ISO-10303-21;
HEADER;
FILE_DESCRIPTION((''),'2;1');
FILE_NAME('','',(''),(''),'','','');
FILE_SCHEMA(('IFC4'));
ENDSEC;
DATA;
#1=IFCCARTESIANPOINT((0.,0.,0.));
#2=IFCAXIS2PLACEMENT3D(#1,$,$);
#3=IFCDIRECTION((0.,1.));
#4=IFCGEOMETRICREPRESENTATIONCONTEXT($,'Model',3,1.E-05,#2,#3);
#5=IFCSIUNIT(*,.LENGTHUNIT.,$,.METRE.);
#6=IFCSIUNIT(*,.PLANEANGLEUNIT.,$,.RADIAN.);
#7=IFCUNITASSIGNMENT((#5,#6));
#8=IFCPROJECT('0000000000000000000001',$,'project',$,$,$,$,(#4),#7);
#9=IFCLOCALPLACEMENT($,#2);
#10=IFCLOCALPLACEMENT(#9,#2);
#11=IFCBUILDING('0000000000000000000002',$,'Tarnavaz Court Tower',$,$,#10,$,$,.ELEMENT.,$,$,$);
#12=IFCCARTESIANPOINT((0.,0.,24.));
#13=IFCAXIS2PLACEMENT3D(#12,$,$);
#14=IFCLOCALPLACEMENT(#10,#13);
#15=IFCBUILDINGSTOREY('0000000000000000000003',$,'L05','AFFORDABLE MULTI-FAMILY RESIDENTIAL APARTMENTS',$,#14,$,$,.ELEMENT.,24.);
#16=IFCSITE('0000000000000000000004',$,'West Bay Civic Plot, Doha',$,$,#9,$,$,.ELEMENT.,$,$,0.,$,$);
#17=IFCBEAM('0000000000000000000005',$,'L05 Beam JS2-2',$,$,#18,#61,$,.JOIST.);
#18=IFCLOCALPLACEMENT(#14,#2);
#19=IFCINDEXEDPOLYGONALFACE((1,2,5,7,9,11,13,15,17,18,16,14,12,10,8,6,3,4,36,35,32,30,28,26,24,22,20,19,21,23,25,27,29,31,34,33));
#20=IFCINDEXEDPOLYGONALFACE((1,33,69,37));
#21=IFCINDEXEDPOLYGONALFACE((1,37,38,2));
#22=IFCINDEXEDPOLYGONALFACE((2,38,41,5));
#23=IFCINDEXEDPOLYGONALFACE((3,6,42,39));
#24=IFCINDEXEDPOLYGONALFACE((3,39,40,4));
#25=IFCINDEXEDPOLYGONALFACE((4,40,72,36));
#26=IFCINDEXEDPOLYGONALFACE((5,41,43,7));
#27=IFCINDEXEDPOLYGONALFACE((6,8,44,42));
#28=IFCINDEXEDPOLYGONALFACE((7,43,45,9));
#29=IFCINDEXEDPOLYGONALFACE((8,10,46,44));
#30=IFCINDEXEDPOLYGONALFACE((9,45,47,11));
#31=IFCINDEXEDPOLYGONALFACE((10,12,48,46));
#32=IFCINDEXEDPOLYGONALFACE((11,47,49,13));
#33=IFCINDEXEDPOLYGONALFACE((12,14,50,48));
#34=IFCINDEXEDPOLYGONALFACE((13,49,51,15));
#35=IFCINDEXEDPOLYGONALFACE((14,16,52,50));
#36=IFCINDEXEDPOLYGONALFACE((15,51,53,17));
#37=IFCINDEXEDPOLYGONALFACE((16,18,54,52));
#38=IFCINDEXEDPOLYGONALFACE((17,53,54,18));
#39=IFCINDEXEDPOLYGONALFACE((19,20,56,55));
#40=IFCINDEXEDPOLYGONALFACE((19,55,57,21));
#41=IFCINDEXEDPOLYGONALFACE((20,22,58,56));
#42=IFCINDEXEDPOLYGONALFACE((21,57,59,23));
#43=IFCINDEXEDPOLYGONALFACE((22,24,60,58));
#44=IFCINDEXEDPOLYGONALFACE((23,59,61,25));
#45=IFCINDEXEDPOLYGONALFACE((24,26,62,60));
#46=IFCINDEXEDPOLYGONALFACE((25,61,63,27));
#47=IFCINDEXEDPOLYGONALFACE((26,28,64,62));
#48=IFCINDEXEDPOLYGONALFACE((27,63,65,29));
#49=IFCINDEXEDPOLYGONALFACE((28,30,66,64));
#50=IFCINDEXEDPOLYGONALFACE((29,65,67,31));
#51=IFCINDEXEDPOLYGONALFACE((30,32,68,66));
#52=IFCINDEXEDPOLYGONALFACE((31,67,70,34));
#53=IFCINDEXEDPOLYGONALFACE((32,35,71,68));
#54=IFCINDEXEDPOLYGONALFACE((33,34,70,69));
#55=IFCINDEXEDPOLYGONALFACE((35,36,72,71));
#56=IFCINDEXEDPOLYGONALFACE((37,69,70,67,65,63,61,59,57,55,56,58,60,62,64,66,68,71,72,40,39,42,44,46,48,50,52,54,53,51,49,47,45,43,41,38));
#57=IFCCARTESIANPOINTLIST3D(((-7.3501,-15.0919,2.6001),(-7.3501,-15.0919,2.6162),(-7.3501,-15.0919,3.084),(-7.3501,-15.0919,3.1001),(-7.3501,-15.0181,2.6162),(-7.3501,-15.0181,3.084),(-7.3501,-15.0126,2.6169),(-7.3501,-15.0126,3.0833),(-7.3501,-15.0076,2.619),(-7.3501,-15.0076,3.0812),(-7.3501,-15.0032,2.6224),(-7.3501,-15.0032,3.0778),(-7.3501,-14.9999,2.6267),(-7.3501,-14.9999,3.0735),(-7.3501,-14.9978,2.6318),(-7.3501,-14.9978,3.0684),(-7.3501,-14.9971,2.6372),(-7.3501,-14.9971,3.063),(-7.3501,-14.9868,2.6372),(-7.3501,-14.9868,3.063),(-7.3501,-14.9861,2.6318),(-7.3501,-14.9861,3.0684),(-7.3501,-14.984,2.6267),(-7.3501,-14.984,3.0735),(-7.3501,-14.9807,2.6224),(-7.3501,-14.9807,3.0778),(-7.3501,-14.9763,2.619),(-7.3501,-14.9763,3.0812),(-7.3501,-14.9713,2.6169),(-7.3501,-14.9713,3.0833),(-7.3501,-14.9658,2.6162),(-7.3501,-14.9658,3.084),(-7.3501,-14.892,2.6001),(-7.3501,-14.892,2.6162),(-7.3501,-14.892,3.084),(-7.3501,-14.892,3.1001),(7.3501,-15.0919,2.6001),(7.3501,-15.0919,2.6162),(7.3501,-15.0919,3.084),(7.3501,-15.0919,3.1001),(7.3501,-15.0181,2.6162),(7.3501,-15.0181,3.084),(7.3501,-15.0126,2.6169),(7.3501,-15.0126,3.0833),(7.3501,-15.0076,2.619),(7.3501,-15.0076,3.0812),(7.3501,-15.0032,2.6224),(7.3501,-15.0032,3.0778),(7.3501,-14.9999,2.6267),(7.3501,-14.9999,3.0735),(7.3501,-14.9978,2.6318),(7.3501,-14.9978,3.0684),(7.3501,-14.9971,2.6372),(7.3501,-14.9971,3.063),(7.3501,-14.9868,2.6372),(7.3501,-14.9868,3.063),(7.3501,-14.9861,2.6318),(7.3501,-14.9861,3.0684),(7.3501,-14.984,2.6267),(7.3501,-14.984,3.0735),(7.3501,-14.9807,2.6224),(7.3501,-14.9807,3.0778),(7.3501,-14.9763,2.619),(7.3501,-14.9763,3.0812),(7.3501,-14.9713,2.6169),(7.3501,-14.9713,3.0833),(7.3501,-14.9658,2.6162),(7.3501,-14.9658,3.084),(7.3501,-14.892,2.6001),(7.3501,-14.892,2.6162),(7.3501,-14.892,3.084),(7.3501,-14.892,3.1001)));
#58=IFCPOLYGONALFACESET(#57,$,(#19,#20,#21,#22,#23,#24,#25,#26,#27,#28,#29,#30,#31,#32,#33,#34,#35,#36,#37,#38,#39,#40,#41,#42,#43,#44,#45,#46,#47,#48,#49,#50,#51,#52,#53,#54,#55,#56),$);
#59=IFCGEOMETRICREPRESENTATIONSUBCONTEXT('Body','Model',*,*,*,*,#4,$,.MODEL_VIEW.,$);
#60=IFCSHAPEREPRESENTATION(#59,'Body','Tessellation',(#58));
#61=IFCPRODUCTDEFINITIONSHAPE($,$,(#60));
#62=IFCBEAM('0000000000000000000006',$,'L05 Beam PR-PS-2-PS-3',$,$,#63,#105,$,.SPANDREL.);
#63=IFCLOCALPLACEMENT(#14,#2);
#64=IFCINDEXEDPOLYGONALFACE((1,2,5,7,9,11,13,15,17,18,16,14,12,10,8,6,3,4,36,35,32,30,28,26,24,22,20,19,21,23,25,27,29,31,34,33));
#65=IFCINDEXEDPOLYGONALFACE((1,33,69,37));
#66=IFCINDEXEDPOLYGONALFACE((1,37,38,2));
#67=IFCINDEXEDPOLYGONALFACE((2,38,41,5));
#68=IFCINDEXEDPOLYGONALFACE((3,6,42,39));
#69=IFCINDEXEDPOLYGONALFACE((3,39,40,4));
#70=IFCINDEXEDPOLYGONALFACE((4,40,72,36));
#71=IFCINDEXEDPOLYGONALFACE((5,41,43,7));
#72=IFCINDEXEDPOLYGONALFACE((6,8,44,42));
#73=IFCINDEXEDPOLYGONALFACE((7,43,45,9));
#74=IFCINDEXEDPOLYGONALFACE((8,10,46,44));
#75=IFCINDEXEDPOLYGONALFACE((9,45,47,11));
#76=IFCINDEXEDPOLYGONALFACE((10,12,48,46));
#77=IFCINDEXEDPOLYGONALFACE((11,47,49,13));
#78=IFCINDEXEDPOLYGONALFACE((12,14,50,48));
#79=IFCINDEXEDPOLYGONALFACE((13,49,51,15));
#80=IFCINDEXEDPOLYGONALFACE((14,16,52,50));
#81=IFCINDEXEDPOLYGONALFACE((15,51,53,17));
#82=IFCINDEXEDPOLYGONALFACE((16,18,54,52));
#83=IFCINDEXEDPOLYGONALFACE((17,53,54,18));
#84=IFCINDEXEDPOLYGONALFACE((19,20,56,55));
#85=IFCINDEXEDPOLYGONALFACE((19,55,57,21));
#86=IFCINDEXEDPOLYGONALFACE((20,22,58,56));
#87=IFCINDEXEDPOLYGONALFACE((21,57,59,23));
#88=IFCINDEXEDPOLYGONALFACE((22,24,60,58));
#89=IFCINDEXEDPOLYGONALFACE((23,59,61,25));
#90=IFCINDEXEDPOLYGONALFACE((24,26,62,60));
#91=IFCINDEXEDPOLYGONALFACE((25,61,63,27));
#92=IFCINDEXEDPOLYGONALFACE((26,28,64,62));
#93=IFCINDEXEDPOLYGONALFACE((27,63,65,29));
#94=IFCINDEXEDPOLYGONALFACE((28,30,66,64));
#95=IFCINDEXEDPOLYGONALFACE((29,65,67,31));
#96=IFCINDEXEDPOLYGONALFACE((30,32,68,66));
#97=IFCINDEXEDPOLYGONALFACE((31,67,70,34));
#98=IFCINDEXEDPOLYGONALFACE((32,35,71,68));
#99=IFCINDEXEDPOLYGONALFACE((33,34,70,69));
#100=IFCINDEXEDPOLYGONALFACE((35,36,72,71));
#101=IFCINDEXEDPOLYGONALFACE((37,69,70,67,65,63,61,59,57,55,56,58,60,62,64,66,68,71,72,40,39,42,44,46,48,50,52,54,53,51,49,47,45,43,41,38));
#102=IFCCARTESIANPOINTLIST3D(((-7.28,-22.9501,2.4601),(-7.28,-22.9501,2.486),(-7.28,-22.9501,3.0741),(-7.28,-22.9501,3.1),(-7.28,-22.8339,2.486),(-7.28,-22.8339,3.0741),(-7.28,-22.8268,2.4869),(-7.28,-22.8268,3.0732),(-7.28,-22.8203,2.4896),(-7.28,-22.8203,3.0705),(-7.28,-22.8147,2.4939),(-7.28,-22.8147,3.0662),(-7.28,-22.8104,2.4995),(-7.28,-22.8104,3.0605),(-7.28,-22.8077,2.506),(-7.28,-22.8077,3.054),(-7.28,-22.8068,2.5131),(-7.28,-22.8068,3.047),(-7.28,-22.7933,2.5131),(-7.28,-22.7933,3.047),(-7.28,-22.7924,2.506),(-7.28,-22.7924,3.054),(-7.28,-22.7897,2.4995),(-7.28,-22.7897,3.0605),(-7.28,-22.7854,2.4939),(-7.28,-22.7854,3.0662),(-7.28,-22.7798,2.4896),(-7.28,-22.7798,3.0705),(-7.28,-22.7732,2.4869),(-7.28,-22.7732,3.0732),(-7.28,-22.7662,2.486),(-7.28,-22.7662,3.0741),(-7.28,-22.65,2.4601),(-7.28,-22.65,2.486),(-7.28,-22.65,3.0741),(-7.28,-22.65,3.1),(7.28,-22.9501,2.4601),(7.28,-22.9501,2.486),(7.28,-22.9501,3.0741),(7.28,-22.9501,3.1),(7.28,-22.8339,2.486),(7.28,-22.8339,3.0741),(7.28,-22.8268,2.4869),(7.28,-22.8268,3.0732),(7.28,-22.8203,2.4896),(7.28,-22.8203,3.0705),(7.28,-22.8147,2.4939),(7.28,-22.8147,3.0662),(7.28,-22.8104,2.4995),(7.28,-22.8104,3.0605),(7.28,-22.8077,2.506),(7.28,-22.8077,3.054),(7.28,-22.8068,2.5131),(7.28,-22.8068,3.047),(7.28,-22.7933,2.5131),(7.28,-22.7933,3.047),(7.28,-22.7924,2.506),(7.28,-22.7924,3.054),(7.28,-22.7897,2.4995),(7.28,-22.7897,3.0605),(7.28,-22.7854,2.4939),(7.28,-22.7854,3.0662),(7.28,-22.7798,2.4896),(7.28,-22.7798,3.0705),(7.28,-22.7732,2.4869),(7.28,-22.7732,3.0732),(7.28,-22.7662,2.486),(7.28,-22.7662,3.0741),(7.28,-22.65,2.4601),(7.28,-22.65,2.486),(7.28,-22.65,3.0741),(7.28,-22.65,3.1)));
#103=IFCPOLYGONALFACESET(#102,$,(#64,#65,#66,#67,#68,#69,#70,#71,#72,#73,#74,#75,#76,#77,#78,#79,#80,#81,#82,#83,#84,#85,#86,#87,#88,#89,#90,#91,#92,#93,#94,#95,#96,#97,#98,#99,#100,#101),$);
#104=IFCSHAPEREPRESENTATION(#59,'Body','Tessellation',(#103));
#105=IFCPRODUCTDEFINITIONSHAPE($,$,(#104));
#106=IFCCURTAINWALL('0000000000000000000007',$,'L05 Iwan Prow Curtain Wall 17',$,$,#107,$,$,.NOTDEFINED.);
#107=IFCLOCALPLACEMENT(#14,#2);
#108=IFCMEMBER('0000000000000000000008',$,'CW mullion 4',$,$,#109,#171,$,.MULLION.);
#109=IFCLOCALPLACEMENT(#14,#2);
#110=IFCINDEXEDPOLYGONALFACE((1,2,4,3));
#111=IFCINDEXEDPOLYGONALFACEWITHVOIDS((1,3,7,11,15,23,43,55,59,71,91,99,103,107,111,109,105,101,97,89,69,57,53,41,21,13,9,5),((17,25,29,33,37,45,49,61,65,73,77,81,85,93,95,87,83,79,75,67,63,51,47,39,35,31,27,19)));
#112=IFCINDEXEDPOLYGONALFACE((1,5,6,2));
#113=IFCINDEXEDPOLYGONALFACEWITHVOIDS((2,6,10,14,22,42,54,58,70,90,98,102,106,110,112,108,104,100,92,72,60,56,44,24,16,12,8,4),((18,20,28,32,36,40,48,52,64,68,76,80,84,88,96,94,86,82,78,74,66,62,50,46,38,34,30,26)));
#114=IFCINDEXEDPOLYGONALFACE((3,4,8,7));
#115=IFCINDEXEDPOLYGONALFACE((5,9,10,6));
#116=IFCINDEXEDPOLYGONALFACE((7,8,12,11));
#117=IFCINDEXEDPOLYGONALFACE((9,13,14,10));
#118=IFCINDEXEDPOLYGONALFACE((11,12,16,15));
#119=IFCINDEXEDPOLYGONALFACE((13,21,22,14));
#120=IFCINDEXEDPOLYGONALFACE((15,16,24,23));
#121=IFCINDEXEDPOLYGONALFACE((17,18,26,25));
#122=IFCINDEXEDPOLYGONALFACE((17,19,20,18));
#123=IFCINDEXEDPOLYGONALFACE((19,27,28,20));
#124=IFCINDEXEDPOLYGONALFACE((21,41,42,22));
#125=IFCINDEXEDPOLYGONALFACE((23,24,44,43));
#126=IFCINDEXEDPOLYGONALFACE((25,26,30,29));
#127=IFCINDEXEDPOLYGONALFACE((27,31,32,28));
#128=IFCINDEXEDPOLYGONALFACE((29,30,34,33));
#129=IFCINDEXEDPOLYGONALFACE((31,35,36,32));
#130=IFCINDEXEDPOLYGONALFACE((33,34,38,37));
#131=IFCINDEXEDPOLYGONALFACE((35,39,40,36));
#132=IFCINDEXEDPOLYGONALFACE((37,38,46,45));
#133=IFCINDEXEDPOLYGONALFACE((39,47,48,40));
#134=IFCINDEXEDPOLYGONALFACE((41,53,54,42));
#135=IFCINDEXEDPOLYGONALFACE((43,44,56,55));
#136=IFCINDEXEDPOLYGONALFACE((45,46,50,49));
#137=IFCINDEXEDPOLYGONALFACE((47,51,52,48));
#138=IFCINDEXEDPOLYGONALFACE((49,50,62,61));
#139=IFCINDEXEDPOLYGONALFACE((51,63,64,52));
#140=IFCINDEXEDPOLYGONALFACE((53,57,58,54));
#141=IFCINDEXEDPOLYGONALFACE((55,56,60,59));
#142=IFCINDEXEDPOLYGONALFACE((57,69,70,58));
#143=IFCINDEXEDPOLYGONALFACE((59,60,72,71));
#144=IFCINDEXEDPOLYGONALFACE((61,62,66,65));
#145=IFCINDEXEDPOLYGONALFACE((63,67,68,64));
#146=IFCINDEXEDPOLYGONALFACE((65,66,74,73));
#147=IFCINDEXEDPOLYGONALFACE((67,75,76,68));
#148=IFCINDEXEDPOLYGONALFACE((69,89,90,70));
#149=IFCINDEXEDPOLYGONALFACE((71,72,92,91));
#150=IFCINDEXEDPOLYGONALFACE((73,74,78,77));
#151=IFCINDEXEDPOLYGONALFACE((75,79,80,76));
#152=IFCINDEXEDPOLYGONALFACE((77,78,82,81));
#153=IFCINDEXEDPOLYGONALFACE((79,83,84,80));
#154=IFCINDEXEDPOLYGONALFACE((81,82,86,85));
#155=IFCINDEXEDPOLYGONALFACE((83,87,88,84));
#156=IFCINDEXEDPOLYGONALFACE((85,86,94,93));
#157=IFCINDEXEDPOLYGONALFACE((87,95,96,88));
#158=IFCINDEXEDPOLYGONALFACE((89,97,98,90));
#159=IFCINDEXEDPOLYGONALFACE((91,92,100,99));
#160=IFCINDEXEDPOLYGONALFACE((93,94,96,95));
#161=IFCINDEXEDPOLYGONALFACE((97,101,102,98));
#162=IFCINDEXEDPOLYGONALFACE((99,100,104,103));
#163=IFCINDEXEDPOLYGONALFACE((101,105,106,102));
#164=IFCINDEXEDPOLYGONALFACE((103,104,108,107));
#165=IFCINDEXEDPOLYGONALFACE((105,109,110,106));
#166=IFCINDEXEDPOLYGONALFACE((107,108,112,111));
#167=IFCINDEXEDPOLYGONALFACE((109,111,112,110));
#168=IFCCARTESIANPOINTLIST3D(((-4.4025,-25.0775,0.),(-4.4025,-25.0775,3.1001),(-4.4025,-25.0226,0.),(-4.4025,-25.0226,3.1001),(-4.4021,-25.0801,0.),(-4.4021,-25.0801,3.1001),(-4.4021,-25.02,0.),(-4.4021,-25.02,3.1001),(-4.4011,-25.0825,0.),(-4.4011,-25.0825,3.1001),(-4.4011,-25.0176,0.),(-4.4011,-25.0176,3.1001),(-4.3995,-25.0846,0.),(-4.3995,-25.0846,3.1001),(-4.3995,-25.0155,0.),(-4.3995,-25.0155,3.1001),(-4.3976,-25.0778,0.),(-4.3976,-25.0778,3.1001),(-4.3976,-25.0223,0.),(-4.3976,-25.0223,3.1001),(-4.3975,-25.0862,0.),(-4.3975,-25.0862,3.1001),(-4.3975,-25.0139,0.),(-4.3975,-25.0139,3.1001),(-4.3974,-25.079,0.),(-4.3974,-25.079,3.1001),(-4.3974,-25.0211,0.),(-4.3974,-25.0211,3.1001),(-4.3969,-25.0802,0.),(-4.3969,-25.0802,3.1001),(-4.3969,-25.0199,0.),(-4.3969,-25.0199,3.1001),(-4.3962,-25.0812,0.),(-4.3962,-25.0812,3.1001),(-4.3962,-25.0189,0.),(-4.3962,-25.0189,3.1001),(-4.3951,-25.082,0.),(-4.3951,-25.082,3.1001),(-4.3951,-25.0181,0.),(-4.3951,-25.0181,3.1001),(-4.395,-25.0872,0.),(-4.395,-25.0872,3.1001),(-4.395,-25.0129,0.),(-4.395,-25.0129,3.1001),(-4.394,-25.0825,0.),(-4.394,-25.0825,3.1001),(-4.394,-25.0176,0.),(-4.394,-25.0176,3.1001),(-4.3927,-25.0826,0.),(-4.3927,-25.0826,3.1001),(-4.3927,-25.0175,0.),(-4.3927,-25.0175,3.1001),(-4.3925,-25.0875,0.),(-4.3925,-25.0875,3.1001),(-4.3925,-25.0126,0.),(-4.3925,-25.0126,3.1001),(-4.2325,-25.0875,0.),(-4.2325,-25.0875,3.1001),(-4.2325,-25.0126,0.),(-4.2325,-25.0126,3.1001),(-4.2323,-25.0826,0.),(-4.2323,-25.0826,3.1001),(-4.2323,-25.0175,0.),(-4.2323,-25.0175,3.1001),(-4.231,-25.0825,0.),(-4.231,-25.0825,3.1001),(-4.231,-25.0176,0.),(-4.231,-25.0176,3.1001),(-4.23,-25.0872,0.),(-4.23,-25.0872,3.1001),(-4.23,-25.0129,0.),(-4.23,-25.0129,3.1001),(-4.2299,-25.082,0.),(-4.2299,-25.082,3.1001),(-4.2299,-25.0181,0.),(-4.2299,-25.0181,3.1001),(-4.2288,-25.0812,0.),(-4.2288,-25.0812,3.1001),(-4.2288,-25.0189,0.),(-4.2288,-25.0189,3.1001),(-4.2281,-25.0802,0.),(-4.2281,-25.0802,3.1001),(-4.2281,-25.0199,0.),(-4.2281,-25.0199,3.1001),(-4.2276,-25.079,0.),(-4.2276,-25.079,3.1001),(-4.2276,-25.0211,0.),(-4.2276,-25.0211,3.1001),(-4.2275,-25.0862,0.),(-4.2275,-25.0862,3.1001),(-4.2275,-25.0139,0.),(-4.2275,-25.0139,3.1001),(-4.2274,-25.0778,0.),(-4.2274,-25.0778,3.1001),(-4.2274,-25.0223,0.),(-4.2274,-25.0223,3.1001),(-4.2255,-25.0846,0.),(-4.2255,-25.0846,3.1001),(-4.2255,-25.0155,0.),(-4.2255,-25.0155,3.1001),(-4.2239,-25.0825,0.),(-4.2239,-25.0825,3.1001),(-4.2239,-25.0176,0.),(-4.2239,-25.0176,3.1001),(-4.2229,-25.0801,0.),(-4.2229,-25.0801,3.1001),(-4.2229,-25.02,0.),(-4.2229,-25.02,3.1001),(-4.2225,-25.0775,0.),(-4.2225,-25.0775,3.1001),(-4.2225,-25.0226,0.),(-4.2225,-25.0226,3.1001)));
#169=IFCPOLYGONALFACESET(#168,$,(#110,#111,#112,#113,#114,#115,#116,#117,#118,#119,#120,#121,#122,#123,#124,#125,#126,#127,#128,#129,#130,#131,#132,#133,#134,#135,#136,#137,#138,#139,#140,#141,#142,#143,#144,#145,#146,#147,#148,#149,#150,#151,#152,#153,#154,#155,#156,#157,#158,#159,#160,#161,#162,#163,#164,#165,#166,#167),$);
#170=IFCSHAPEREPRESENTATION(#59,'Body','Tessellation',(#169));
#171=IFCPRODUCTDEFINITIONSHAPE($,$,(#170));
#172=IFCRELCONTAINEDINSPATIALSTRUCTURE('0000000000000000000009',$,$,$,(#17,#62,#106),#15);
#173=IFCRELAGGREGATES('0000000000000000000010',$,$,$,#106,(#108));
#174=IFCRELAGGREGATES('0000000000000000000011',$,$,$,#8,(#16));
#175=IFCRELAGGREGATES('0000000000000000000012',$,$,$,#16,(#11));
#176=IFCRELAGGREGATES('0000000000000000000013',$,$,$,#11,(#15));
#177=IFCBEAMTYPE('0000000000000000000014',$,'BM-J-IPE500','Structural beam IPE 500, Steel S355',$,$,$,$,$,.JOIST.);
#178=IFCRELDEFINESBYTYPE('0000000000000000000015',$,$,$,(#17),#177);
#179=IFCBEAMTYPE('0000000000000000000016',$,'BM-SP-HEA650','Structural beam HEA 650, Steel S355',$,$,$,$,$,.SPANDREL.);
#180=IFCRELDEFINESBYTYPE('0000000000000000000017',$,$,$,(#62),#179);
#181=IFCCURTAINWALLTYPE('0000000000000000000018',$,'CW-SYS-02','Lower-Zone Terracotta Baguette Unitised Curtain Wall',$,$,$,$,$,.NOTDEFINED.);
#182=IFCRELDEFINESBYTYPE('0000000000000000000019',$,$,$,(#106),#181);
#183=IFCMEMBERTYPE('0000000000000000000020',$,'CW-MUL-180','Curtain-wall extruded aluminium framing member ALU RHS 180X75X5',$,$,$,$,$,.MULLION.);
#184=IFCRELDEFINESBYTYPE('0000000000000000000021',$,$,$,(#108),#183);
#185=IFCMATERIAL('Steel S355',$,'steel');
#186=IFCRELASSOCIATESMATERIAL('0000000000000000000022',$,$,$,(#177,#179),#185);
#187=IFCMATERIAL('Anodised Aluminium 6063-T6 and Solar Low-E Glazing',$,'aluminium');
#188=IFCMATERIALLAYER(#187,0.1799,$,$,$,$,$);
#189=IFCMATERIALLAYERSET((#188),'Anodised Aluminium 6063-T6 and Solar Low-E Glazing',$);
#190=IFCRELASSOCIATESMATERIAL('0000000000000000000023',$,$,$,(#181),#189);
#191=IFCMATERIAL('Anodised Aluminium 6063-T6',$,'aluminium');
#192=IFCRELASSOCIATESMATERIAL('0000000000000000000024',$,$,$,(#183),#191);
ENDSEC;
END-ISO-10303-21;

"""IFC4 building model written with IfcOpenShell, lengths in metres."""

from ifc_helpers import new_model, si_unit, direction, frame, origin, origin_2d, place, context, subcontext, project, spatial, hollow_rectangle, i_section, extrude, material, layer, layer_set, material_profile, profile_set, type_object, element, aggregate, save


model = new_model("IFC4")

# Units and contexts
model_context = context("Model", 3, precision=1e-05, world=origin(), true_north=direction((0.0, 1.0)))
body_context = subcontext(model_context, "Body", "Model", "MODEL_VIEW")
ifc_project = project(units=[si_unit("LENGTHUNIT", "METRE"), si_unit("PLANEANGLEUNIT", "RADIAN")], contexts=[model_context])

# Site, building, storey
site_placement = place(None, origin())
site = spatial("IfcSite", under=ifc_project, at=site_placement, Name="West Bay Civic Plot, Doha", CompositionType="ELEMENT", RefElevation=0.0)
building_placement = place(site_placement, origin())
building = spatial("IfcBuilding", under=site, at=building_placement, Name="Tarnavaz Court Tower", CompositionType="ELEMENT")
storey_placement = place(building_placement, frame((0.0, 0.0, 24.0)))
storey = spatial("IfcBuildingStorey", under=building, at=storey_placement, Name="L05", Description="AFFORDABLE MULTI-FAMILY RESIDENTIAL APARTMENTS", CompositionType="ELEMENT", Elevation=24.0)

# Beams
ifc_material_1 = material(Name="Steel S355", Category="steel")
ifc_material_profile_1 = material_profile(ifc_material_1, i_section(OverallWidth=0.2, OverallDepth=0.5, WebThickness=0.0103, FlangeThickness=0.0161, FilletRadius=0.021, at=origin_2d()), Name="IPE 500")
ifc_profile_set_1 = profile_set([ifc_material_profile_1], Name="Steel S355")
beam_type_1 = type_object("IfcBeamType", Name="BM-J-IPE500", Description="Structural beam IPE 500, Steel S355", PredefinedType="JOIST", material=ifc_profile_set_1)
beam_1_placement = place(storey_placement, frame((-7.3501, -14.9919, 2.8501), z_axis=(1.0, 0.0, 0.0), x_axis=(0.0, 1.0, 0.0)))
element("IfcBeam", 1, at=beam_1_placement, inside=storey, type_object=beam_type_1, Name="L05 Beam JS2-2", PredefinedType="JOIST", context=body_context, shape_type="SweptSolid", body=[
    extrude(i_section(OverallWidth=0.2, OverallDepth=0.5, WebThickness=0.0103, FlangeThickness=0.0161, FilletRadius=0.021, at=origin_2d()), origin(), (0.0, 0.0, 1.0), 14.7002),
])
ifc_material_profile_2 = material_profile(ifc_material_1, i_section(OverallWidth=0.3, OverallDepth=0.6399, WebThickness=0.0134, FlangeThickness=0.0259, FilletRadius=0.0271, at=origin_2d()), Name="HEA 650")
ifc_profile_set_2 = profile_set([ifc_material_profile_2], Name="Steel S355")
beam_type_2 = type_object("IfcBeamType", Name="BM-SP-HEA650", Description="Structural beam HEA 650, Steel S355", PredefinedType="SPANDREL", material=ifc_profile_set_2)
beam_2_placement = place(storey_placement, frame((-7.28, -22.8, 2.78), z_axis=(1.0, 0.0, 0.0), x_axis=(0.0, 1.0, 0.0)))
element("IfcBeam", 2, at=beam_2_placement, inside=storey, type_object=beam_type_2, Name="L05 Beam PR-PS-2-PS-3", PredefinedType="SPANDREL", context=body_context, shape_type="SweptSolid", body=[
    extrude(i_section(OverallWidth=0.3, OverallDepth=0.6399, WebThickness=0.0134, FlangeThickness=0.0259, FilletRadius=0.0271, at=origin_2d()), origin(), (0.0, 0.0, 1.0), 14.5601),
])

# Curtain wall, member
ifc_material_2 = material(Name="Anodised Aluminium 6063-T6 and Solar Low-E Glazing", Category="aluminium")
ifc_layer_1 = layer(ifc_material_2, 0.1799)
ifc_layer_set_1 = layer_set([ifc_layer_1], Name="Anodised Aluminium 6063-T6 and Solar Low-E Glazing")
curtain_wall_type = type_object("IfcCurtainWallType", Name="CW-SYS-02", Description="Lower-Zone Terracotta Baguette Unitised Curtain Wall", PredefinedType="NOTDEFINED", material=ifc_layer_set_1)
curtain_wall_placement = place(storey_placement, origin())
curtain_wall = element("IfcCurtainWall", 3, at=curtain_wall_placement, inside=storey, type_object=curtain_wall_type, Name="L05 Iwan Prow Curtain Wall 17", PredefinedType="NOTDEFINED")
ifc_material_3 = material(Name="Anodised Aluminium 6063-T6", Category="aluminium")
ifc_material_profile_3 = material_profile(ifc_material_3, hollow_rectangle(XDim=0.075, YDim=0.1799, WallThickness=0.0049, InnerFilletRadius=0.0049, OuterFilletRadius=0.01, at=origin_2d()), Name="ALU RHS 180X75X5")
ifc_profile_set_3 = profile_set([ifc_material_profile_3], Name="Anodised Aluminium 6063-T6")
member_type_1 = type_object("IfcMemberType", Name="CW-MUL-180", Description="Curtain-wall extruded aluminium framing member ALU RHS 180X75X5", PredefinedType="MULLION", material=ifc_profile_set_3)
member_1_placement = place(storey_placement, frame((-4.3125, -25.05, 0.0), z_axis=(0.0, 0.0, 1.0), x_axis=(0.0, -1.0, 0.0)))
member_1 = element("IfcMember", 4, at=member_1_placement, type_object=member_type_1, Name="CW mullion 4", PredefinedType="MULLION", context=body_context, shape_type="SweptSolid", body=[
    extrude(hollow_rectangle(XDim=0.075, YDim=0.1799, WallThickness=0.0049, InnerFilletRadius=0.0049, OuterFilletRadius=0.01, at=origin_2d()), origin(), (0.0, 0.0, 1.0), 3.1001),
])
aggregate(curtain_wall, [member_1])

save(model, "model.ifc")
